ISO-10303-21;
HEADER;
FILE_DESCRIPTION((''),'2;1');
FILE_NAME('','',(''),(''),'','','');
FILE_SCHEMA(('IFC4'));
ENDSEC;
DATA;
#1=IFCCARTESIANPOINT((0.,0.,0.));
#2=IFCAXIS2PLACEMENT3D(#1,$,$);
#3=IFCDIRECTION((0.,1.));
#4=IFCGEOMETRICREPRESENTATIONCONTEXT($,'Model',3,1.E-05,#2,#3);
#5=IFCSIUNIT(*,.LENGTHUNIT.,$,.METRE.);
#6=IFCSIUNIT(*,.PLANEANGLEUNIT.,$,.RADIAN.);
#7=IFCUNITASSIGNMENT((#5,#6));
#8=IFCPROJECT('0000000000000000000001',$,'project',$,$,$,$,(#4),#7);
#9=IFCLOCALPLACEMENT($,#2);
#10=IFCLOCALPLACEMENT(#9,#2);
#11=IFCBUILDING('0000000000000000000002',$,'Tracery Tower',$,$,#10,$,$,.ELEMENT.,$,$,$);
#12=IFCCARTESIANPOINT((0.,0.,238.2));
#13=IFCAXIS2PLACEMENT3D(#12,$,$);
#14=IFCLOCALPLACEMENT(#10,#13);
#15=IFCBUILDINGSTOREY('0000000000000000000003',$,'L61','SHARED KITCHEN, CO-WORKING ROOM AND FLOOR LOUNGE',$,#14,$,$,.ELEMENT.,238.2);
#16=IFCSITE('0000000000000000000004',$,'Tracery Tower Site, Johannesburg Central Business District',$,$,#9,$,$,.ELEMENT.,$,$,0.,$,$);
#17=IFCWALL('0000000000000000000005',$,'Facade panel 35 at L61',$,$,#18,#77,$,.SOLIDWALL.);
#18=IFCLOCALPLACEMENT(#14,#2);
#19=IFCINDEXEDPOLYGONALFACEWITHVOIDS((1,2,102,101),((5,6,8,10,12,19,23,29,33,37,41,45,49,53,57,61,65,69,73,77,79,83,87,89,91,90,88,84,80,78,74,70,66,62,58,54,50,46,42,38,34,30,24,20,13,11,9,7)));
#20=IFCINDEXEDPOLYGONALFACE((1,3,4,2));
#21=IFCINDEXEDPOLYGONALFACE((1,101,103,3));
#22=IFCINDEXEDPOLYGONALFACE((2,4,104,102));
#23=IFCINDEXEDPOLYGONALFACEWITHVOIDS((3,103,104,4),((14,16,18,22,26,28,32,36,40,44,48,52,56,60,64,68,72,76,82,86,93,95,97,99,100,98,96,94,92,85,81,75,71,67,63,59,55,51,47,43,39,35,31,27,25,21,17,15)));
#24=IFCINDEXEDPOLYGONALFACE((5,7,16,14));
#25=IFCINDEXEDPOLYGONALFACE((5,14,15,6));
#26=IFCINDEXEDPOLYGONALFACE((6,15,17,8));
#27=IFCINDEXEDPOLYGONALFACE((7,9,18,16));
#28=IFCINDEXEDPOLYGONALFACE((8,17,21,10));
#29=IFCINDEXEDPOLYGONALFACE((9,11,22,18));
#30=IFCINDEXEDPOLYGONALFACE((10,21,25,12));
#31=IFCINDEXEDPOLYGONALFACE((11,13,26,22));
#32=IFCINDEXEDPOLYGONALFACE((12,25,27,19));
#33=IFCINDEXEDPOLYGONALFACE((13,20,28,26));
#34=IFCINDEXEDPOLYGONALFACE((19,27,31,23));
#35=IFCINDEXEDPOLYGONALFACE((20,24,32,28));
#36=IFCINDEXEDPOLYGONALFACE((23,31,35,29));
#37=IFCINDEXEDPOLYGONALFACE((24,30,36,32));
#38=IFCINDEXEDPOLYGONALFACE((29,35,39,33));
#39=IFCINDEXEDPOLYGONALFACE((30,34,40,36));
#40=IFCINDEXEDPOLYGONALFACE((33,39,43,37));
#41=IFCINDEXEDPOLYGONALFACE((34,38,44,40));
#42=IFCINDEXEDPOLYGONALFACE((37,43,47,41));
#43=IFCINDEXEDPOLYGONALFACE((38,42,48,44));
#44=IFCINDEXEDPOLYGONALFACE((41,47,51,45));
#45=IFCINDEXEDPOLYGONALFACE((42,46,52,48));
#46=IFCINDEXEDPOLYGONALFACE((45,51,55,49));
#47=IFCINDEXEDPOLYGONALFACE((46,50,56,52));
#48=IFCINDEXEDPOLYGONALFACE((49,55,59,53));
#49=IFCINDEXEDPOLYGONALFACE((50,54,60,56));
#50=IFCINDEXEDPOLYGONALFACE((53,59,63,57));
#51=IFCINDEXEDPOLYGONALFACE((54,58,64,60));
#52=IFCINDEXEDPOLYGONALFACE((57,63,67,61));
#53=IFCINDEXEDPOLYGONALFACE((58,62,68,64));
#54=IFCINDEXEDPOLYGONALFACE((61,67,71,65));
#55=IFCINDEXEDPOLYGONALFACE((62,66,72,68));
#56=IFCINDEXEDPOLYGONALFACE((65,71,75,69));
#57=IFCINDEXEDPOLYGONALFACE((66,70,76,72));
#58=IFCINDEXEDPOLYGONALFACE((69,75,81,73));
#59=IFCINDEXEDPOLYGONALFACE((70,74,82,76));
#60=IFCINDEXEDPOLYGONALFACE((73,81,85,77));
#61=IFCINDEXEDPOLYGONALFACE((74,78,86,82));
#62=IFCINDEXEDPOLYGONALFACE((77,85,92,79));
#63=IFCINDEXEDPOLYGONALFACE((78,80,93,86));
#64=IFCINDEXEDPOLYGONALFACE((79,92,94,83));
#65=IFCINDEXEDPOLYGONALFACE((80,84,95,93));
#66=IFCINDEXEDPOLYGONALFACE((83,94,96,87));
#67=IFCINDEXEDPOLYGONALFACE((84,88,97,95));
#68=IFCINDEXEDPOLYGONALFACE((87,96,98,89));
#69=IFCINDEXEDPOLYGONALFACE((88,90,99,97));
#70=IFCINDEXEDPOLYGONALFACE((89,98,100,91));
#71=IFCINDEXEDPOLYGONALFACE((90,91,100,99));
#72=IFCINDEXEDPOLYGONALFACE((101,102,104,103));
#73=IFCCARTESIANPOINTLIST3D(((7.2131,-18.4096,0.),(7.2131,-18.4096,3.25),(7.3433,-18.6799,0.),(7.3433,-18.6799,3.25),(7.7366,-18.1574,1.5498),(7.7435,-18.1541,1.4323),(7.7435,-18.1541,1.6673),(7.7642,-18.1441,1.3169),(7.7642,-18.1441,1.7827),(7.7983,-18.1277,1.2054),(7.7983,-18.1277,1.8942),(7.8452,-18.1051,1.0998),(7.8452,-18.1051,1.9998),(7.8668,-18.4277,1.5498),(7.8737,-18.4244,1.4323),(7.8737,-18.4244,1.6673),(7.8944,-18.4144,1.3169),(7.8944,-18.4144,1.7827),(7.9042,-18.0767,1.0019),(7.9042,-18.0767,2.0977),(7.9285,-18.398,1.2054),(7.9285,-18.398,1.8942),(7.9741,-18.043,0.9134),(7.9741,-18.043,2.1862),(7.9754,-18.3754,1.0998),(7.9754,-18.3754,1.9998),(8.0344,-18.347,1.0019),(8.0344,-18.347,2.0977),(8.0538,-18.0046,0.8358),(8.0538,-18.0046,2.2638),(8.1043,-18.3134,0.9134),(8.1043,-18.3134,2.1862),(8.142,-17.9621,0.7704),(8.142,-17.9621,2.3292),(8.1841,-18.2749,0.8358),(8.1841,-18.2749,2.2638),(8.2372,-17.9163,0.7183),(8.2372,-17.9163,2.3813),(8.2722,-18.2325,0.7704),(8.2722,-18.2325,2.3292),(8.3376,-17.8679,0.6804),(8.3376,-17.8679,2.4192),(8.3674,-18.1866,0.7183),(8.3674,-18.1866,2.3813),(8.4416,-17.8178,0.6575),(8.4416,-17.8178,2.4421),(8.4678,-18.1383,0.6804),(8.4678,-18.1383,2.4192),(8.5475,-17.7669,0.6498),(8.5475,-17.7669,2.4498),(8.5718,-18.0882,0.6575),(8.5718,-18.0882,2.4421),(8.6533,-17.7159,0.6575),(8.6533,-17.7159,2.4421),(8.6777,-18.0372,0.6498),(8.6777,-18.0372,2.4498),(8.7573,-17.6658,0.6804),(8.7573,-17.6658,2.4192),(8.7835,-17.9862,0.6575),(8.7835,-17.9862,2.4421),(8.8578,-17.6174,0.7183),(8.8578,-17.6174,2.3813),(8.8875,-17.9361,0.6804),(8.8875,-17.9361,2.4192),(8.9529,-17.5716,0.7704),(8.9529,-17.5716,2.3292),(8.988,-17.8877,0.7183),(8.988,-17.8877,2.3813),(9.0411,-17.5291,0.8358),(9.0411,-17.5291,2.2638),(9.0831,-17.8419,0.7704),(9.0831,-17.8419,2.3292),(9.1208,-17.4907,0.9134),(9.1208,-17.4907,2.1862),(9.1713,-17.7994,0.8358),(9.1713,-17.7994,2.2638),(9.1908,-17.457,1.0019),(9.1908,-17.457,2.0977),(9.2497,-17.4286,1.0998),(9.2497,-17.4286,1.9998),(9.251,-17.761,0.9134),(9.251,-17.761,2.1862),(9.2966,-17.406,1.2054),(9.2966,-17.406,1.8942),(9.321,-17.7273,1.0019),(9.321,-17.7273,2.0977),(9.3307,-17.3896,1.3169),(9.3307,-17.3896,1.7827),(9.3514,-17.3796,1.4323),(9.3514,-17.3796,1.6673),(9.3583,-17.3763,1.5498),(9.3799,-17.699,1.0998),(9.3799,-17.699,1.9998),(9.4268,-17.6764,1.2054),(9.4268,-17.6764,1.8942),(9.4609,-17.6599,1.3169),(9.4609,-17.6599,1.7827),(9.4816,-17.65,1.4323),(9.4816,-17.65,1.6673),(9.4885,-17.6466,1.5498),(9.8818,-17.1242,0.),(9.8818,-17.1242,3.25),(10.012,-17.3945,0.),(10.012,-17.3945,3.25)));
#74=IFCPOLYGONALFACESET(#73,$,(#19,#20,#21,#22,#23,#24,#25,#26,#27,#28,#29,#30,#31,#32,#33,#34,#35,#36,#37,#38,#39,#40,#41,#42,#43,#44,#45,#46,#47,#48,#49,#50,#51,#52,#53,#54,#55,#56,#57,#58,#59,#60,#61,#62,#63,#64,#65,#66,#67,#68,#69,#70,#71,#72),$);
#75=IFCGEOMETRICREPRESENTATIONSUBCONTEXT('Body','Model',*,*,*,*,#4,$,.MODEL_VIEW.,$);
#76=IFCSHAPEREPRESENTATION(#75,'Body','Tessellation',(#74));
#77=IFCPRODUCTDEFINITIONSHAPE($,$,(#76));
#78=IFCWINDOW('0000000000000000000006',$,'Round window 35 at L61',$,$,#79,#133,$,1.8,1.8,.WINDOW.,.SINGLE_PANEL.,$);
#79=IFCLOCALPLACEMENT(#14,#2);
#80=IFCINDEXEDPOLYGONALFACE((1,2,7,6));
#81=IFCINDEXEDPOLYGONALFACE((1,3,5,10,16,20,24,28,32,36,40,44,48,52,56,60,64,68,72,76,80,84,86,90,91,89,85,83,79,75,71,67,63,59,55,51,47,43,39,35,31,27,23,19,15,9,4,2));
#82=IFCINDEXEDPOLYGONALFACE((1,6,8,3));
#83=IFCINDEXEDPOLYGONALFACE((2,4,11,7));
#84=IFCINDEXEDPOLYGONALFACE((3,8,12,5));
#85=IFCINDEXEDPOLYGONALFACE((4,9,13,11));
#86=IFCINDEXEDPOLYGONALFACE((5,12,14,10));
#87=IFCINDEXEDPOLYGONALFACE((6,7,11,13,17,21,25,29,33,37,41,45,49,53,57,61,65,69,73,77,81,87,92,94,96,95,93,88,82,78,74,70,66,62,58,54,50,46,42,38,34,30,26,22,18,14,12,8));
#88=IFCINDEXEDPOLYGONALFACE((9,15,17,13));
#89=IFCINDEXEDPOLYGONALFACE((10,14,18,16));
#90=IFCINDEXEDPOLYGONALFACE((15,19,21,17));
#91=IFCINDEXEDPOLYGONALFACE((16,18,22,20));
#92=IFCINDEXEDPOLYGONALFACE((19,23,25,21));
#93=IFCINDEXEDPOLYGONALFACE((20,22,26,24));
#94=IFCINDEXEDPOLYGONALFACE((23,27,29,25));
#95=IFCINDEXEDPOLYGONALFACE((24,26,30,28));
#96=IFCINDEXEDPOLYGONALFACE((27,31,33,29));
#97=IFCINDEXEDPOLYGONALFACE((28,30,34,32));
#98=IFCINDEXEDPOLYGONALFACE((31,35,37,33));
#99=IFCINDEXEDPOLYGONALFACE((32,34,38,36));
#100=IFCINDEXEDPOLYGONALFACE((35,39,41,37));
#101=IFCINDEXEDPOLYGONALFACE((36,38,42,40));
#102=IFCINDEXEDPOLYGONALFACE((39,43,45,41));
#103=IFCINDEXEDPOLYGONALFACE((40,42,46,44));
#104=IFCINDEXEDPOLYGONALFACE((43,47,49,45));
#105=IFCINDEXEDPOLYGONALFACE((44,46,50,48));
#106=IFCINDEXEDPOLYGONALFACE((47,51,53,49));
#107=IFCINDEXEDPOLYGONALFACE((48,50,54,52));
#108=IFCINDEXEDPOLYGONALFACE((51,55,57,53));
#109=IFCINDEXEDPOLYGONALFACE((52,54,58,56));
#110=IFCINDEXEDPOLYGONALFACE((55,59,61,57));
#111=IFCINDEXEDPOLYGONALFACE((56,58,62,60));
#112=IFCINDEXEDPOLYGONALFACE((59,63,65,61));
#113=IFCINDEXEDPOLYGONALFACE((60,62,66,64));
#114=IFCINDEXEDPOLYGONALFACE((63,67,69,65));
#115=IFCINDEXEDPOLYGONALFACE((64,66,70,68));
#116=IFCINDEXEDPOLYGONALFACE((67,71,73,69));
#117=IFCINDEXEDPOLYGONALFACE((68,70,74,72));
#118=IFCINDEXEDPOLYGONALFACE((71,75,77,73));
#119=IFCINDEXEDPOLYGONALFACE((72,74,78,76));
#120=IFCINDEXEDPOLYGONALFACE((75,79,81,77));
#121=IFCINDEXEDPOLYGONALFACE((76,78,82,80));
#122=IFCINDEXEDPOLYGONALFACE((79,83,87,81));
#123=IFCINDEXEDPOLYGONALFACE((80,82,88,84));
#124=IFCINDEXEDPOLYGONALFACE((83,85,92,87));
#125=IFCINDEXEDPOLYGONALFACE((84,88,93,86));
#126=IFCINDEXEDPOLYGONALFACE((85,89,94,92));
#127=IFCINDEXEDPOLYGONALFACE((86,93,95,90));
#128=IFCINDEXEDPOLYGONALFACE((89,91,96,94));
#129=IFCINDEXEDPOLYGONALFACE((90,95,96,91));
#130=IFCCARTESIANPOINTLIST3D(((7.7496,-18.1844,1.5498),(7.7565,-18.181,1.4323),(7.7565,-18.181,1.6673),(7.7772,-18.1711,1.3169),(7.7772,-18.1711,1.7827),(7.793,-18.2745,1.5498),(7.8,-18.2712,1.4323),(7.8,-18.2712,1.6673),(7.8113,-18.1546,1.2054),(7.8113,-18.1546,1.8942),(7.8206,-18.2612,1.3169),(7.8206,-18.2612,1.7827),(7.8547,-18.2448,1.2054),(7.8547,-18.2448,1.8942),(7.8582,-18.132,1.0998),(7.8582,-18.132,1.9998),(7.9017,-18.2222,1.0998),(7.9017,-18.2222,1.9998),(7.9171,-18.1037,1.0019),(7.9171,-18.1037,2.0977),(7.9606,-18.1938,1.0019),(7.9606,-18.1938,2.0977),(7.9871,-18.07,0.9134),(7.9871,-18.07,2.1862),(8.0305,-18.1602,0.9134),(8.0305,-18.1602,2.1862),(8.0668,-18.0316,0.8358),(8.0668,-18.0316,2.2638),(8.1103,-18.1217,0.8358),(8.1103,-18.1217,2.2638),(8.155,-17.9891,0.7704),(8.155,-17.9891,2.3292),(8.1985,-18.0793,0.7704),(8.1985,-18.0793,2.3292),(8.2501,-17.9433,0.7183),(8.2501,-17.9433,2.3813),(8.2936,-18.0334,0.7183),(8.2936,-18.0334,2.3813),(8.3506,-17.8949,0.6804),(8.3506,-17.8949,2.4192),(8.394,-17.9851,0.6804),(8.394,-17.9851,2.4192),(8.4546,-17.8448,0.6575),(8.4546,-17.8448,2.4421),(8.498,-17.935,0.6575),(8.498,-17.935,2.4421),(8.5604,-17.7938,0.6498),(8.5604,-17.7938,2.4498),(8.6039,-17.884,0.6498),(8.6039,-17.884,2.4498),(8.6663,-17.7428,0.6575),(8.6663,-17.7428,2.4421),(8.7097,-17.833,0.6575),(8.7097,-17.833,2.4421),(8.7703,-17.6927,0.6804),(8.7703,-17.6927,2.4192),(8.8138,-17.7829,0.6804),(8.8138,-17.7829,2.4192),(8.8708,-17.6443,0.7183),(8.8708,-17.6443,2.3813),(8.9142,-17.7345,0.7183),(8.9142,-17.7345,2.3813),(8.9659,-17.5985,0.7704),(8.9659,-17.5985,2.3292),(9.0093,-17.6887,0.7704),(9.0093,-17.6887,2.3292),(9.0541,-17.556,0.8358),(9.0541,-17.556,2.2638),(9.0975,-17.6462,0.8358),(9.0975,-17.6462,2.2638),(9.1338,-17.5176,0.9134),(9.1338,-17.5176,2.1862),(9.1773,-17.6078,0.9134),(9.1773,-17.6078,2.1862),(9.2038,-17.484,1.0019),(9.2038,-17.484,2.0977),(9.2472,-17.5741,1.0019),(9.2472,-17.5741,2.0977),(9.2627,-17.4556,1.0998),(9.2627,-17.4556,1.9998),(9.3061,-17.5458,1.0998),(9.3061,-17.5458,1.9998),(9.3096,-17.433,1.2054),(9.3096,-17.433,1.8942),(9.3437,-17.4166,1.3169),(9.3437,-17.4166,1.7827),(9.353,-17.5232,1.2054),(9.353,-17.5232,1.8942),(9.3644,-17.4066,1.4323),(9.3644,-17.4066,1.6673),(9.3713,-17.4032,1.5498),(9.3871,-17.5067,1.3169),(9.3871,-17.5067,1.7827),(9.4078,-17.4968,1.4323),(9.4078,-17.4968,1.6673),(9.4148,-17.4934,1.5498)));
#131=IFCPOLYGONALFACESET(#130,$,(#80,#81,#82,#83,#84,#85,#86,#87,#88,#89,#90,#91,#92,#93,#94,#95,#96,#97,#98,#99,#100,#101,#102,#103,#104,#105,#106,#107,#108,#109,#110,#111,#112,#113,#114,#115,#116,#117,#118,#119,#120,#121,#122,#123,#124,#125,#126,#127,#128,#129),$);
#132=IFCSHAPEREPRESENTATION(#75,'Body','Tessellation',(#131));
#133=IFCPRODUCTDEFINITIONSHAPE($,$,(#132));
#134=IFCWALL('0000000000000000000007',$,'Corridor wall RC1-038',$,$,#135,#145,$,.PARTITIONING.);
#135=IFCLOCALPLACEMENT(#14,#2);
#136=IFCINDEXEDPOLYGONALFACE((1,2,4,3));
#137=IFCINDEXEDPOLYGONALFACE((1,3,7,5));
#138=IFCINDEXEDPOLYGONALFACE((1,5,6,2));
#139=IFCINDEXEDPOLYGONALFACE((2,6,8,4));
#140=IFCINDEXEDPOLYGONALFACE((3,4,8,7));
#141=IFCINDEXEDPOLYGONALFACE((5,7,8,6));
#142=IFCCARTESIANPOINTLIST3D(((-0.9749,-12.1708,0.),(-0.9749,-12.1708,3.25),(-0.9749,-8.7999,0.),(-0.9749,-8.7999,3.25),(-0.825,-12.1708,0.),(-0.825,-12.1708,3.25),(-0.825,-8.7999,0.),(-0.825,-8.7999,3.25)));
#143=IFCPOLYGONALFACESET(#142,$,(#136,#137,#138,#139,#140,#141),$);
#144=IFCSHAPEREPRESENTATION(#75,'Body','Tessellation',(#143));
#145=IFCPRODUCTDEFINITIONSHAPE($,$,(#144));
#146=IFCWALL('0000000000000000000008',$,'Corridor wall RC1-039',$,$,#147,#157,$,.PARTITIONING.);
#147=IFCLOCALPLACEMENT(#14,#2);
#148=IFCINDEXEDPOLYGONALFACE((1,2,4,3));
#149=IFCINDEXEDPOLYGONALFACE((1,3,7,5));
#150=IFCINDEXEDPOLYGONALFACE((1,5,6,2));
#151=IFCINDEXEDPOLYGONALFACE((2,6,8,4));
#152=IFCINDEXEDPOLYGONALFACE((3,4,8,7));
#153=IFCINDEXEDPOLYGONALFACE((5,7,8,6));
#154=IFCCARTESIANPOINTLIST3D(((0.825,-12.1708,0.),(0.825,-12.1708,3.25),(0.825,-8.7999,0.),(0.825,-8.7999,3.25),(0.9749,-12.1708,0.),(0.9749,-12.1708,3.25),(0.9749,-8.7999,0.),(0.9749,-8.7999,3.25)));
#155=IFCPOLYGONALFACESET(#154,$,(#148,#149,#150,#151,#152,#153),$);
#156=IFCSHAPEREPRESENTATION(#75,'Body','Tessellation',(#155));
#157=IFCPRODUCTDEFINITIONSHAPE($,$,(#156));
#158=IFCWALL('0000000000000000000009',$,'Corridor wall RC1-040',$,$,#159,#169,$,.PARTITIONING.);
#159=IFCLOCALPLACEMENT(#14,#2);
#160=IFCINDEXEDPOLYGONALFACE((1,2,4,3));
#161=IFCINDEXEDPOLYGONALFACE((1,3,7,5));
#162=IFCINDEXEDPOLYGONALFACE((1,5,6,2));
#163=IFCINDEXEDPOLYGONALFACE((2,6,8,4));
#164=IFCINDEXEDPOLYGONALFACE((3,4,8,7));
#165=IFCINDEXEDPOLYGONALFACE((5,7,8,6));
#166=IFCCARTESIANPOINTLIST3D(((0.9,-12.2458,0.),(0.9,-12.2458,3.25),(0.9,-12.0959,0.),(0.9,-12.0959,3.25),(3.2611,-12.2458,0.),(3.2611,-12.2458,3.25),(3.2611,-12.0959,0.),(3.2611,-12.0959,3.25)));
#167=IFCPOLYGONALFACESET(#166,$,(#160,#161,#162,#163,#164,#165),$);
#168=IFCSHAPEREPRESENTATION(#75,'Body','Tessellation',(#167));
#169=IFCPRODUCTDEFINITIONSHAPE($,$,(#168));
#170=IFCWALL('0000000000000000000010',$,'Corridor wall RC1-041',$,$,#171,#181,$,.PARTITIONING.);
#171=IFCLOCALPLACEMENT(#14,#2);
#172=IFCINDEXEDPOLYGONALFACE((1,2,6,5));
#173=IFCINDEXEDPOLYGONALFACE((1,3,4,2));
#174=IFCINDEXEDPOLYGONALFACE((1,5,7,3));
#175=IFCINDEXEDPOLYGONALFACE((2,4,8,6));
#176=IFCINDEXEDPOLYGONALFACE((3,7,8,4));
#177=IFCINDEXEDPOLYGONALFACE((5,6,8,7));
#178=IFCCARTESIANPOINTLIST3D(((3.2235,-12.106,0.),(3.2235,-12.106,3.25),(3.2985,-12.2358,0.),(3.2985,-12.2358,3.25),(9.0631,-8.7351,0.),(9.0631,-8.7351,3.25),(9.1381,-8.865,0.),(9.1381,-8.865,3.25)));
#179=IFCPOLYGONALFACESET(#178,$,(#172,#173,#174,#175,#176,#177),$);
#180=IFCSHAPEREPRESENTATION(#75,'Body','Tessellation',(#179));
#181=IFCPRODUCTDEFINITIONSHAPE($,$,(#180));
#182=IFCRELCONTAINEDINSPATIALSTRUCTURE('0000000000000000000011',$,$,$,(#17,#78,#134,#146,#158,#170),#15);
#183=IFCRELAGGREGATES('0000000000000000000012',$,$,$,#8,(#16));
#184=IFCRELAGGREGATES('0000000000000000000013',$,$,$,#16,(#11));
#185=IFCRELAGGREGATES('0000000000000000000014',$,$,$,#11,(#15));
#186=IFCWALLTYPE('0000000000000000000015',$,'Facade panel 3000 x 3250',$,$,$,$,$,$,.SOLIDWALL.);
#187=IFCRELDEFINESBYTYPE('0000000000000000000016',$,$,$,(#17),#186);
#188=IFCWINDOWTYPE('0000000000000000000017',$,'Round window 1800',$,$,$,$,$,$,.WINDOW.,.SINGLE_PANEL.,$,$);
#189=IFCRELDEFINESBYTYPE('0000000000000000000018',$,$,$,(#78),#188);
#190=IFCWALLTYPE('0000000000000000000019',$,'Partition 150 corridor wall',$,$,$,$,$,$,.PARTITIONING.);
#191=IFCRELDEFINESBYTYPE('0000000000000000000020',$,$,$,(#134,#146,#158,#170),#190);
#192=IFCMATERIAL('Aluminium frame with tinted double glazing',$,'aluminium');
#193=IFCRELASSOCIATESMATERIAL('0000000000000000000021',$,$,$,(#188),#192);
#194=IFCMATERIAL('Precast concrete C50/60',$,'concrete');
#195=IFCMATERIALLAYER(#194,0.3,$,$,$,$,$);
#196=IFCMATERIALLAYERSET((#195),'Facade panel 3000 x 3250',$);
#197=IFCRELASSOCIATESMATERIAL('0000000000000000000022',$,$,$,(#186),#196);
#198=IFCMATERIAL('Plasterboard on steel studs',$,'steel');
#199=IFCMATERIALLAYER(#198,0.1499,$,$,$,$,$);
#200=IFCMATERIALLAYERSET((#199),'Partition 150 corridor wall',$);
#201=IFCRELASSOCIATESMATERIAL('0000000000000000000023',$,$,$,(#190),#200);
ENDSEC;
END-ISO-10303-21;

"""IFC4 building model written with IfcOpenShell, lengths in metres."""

from ifc_helpers import new_model, si_unit, direction, frame, frame_2d, origin, origin_2d, place, context, subcontext, project, spatial, rectangle, circle, extrude, material, layer, layer_set, type_object, element, fill, save


model = new_model("IFC4")

# Units and contexts
model_context = context("Model", 3, precision=1e-05, world=origin(), true_north=direction((0.0, 1.0)))
body_context = subcontext(model_context, "Body", "Model", "MODEL_VIEW")
ifc_project = project(units=[si_unit("LENGTHUNIT", "METRE"), si_unit("PLANEANGLEUNIT", "RADIAN")], contexts=[model_context])

# Site, building, storey
site_placement = place(None, origin())
site = spatial("IfcSite", under=ifc_project, at=site_placement, Name="Tracery Tower Site, Johannesburg Central Business District", CompositionType="ELEMENT", RefElevation=0.0)
building_placement = place(site_placement, origin())
building = spatial("IfcBuilding", under=site, at=building_placement, Name="Tracery Tower", CompositionType="ELEMENT")
storey_placement = place(building_placement, frame((0.0, 0.0, 238.2)))
storey = spatial("IfcBuildingStorey", under=building, at=storey_placement, Name="L61", Description="SHARED KITCHEN, CO-WORKING ROOM AND FLOOR LOUNGE", CompositionType="ELEMENT", Elevation=238.2)

# Wall, opening, window
ifc_material_1 = material(Name="Aluminium frame with tinted double glazing", Category="aluminium")
window_type = type_object("IfcWindowType", Name="Round window 1800", PartitioningType="SINGLE_PANEL", PredefinedType="WINDOW", material=ifc_material_1)
ifc_material_2 = material(Name="Precast concrete C50/60", Category="concrete")
ifc_layer_1 = layer(ifc_material_2, 0.3)
ifc_layer_set_1 = layer_set([ifc_layer_1], Name="Facade panel 3000 x 3250")
wall_type_1 = type_object("IfcWallType", Name="Facade panel 3000 x 3250", PredefinedType="SOLIDWALL", material=ifc_layer_set_1)
wall_1_placement = place(storey_placement, frame((7.2783, -18.5447, 0.0), z_axis=(0.0, 0.0, 1.0), x_axis=(0.90094, 0.433944, 0.0)))
wall_1 = element("IfcWall", 1, at=wall_1_placement, inside=storey, type_object=wall_type_1, Name="Facade panel 35 at L61", PredefinedType="SOLIDWALL", context=body_context, shape_type="SweptSolid", body=[
    extrude(rectangle(XDim=2.9622, YDim=0.3, at=frame_2d((1.481, 0.0))), origin(), (0.0, 0.0, 1.0), 3.25),
])
opening_1_placement = place(wall_1_placement, frame((1.481, 0.0, 1.5498)))
opening_1 = element("IfcOpeningElement", 2, at=opening_1_placement, cuts=wall_1, PredefinedType="OPENING", context=body_context, shape_type="SweptSolid", body=[
    extrude(circle(Radius=0.9, at=origin_2d()), frame((0.0, 0.1599, 0.0), z_axis=(0.0, -1.0, 0.0), x_axis=(1.0, 0.0, 0.0)), (0.0, 0.0, 1.0), 0.3201),
])
window_1_placement = place(opening_1_placement, origin())
window_1 = element("IfcWindow", 3, at=window_1_placement, inside=storey, type_object=window_type, Name="Round window 35 at L61", OverallHeight=1.8, OverallWidth=1.8, PartitioningType="SINGLE_PANEL", PredefinedType="WINDOW", context=body_context, shape_type="SweptSolid", body=[
    extrude(circle(Radius=0.9, at=origin_2d()), frame((0.0, 0.1201, 0.0), z_axis=(0.0, -1.0, 0.0), x_axis=(1.0, 0.0, 0.0)), (0.0, 0.0, 1.0), 0.1001),
])
fill(opening_1, window_1)

# Walls
ifc_material_3 = material(Name="Plasterboard on steel studs", Category="steel")
ifc_layer_2 = layer(ifc_material_3, 0.1499)
ifc_layer_set_2 = layer_set([ifc_layer_2], Name="Partition 150 corridor wall")
wall_type_2 = type_object("IfcWallType", Name="Partition 150 corridor wall", PredefinedType="PARTITIONING", material=ifc_layer_set_2)
for number, where, z_axis, x_axis, name in (
    (4, (-0.8999, -12.1709, 0.0), (0.0, 0.0, 1.0), (0.0, 1.0, 0.0), "Corridor wall RC1-038"),
    (5, (0.8999, -12.1709, 0.0), (0.0, 0.0, 1.0), (0.0, 1.0, 0.0), "Corridor wall RC1-039"),
):
    element("IfcWall", number, at=place(storey_placement, frame(where, z_axis=z_axis, x_axis=x_axis)), inside=storey, type_object=wall_type_2, Name=name, PredefinedType="PARTITIONING", context=body_context, shape_type="SweptSolid", body=[
        extrude(rectangle(XDim=3.3708, YDim=0.1499, at=frame_2d((1.6855, 0.0))), origin(), (0.0, 0.0, 1.0), 3.25),
    ])
wall_2_placement = place(storey_placement, frame((0.8999, -12.1709, 0.0), z_axis=(0.0, 0.0, 1.0), x_axis=(1.0, 0.0, 0.0)))
element("IfcWall", 6, at=wall_2_placement, inside=storey, type_object=wall_type_2, Name="Corridor wall RC1-040", PredefinedType="PARTITIONING", context=body_context, shape_type="SweptSolid", body=[
    extrude(rectangle(XDim=2.3611, YDim=0.1499, at=frame_2d((1.1807, 0.0))), origin(), (0.0, 0.0, 1.0), 3.25),
])
wall_3_placement = place(storey_placement, frame((3.261, -12.1709, 0.0), z_axis=(0.0, 0.0, 1.0), x_axis=(0.866067, 0.499928, 0.0)))
element("IfcWall", 7, at=wall_3_placement, inside=storey, type_object=wall_type_2, Name="Corridor wall RC1-041", PredefinedType="PARTITIONING", context=body_context, shape_type="SweptSolid", body=[
    extrude(rectangle(XDim=6.7427, YDim=0.1499, at=frame_2d((3.3713, 0.0))), origin(), (0.0, 0.0, 1.0), 3.25),
])

save(model, "model.ifc")
